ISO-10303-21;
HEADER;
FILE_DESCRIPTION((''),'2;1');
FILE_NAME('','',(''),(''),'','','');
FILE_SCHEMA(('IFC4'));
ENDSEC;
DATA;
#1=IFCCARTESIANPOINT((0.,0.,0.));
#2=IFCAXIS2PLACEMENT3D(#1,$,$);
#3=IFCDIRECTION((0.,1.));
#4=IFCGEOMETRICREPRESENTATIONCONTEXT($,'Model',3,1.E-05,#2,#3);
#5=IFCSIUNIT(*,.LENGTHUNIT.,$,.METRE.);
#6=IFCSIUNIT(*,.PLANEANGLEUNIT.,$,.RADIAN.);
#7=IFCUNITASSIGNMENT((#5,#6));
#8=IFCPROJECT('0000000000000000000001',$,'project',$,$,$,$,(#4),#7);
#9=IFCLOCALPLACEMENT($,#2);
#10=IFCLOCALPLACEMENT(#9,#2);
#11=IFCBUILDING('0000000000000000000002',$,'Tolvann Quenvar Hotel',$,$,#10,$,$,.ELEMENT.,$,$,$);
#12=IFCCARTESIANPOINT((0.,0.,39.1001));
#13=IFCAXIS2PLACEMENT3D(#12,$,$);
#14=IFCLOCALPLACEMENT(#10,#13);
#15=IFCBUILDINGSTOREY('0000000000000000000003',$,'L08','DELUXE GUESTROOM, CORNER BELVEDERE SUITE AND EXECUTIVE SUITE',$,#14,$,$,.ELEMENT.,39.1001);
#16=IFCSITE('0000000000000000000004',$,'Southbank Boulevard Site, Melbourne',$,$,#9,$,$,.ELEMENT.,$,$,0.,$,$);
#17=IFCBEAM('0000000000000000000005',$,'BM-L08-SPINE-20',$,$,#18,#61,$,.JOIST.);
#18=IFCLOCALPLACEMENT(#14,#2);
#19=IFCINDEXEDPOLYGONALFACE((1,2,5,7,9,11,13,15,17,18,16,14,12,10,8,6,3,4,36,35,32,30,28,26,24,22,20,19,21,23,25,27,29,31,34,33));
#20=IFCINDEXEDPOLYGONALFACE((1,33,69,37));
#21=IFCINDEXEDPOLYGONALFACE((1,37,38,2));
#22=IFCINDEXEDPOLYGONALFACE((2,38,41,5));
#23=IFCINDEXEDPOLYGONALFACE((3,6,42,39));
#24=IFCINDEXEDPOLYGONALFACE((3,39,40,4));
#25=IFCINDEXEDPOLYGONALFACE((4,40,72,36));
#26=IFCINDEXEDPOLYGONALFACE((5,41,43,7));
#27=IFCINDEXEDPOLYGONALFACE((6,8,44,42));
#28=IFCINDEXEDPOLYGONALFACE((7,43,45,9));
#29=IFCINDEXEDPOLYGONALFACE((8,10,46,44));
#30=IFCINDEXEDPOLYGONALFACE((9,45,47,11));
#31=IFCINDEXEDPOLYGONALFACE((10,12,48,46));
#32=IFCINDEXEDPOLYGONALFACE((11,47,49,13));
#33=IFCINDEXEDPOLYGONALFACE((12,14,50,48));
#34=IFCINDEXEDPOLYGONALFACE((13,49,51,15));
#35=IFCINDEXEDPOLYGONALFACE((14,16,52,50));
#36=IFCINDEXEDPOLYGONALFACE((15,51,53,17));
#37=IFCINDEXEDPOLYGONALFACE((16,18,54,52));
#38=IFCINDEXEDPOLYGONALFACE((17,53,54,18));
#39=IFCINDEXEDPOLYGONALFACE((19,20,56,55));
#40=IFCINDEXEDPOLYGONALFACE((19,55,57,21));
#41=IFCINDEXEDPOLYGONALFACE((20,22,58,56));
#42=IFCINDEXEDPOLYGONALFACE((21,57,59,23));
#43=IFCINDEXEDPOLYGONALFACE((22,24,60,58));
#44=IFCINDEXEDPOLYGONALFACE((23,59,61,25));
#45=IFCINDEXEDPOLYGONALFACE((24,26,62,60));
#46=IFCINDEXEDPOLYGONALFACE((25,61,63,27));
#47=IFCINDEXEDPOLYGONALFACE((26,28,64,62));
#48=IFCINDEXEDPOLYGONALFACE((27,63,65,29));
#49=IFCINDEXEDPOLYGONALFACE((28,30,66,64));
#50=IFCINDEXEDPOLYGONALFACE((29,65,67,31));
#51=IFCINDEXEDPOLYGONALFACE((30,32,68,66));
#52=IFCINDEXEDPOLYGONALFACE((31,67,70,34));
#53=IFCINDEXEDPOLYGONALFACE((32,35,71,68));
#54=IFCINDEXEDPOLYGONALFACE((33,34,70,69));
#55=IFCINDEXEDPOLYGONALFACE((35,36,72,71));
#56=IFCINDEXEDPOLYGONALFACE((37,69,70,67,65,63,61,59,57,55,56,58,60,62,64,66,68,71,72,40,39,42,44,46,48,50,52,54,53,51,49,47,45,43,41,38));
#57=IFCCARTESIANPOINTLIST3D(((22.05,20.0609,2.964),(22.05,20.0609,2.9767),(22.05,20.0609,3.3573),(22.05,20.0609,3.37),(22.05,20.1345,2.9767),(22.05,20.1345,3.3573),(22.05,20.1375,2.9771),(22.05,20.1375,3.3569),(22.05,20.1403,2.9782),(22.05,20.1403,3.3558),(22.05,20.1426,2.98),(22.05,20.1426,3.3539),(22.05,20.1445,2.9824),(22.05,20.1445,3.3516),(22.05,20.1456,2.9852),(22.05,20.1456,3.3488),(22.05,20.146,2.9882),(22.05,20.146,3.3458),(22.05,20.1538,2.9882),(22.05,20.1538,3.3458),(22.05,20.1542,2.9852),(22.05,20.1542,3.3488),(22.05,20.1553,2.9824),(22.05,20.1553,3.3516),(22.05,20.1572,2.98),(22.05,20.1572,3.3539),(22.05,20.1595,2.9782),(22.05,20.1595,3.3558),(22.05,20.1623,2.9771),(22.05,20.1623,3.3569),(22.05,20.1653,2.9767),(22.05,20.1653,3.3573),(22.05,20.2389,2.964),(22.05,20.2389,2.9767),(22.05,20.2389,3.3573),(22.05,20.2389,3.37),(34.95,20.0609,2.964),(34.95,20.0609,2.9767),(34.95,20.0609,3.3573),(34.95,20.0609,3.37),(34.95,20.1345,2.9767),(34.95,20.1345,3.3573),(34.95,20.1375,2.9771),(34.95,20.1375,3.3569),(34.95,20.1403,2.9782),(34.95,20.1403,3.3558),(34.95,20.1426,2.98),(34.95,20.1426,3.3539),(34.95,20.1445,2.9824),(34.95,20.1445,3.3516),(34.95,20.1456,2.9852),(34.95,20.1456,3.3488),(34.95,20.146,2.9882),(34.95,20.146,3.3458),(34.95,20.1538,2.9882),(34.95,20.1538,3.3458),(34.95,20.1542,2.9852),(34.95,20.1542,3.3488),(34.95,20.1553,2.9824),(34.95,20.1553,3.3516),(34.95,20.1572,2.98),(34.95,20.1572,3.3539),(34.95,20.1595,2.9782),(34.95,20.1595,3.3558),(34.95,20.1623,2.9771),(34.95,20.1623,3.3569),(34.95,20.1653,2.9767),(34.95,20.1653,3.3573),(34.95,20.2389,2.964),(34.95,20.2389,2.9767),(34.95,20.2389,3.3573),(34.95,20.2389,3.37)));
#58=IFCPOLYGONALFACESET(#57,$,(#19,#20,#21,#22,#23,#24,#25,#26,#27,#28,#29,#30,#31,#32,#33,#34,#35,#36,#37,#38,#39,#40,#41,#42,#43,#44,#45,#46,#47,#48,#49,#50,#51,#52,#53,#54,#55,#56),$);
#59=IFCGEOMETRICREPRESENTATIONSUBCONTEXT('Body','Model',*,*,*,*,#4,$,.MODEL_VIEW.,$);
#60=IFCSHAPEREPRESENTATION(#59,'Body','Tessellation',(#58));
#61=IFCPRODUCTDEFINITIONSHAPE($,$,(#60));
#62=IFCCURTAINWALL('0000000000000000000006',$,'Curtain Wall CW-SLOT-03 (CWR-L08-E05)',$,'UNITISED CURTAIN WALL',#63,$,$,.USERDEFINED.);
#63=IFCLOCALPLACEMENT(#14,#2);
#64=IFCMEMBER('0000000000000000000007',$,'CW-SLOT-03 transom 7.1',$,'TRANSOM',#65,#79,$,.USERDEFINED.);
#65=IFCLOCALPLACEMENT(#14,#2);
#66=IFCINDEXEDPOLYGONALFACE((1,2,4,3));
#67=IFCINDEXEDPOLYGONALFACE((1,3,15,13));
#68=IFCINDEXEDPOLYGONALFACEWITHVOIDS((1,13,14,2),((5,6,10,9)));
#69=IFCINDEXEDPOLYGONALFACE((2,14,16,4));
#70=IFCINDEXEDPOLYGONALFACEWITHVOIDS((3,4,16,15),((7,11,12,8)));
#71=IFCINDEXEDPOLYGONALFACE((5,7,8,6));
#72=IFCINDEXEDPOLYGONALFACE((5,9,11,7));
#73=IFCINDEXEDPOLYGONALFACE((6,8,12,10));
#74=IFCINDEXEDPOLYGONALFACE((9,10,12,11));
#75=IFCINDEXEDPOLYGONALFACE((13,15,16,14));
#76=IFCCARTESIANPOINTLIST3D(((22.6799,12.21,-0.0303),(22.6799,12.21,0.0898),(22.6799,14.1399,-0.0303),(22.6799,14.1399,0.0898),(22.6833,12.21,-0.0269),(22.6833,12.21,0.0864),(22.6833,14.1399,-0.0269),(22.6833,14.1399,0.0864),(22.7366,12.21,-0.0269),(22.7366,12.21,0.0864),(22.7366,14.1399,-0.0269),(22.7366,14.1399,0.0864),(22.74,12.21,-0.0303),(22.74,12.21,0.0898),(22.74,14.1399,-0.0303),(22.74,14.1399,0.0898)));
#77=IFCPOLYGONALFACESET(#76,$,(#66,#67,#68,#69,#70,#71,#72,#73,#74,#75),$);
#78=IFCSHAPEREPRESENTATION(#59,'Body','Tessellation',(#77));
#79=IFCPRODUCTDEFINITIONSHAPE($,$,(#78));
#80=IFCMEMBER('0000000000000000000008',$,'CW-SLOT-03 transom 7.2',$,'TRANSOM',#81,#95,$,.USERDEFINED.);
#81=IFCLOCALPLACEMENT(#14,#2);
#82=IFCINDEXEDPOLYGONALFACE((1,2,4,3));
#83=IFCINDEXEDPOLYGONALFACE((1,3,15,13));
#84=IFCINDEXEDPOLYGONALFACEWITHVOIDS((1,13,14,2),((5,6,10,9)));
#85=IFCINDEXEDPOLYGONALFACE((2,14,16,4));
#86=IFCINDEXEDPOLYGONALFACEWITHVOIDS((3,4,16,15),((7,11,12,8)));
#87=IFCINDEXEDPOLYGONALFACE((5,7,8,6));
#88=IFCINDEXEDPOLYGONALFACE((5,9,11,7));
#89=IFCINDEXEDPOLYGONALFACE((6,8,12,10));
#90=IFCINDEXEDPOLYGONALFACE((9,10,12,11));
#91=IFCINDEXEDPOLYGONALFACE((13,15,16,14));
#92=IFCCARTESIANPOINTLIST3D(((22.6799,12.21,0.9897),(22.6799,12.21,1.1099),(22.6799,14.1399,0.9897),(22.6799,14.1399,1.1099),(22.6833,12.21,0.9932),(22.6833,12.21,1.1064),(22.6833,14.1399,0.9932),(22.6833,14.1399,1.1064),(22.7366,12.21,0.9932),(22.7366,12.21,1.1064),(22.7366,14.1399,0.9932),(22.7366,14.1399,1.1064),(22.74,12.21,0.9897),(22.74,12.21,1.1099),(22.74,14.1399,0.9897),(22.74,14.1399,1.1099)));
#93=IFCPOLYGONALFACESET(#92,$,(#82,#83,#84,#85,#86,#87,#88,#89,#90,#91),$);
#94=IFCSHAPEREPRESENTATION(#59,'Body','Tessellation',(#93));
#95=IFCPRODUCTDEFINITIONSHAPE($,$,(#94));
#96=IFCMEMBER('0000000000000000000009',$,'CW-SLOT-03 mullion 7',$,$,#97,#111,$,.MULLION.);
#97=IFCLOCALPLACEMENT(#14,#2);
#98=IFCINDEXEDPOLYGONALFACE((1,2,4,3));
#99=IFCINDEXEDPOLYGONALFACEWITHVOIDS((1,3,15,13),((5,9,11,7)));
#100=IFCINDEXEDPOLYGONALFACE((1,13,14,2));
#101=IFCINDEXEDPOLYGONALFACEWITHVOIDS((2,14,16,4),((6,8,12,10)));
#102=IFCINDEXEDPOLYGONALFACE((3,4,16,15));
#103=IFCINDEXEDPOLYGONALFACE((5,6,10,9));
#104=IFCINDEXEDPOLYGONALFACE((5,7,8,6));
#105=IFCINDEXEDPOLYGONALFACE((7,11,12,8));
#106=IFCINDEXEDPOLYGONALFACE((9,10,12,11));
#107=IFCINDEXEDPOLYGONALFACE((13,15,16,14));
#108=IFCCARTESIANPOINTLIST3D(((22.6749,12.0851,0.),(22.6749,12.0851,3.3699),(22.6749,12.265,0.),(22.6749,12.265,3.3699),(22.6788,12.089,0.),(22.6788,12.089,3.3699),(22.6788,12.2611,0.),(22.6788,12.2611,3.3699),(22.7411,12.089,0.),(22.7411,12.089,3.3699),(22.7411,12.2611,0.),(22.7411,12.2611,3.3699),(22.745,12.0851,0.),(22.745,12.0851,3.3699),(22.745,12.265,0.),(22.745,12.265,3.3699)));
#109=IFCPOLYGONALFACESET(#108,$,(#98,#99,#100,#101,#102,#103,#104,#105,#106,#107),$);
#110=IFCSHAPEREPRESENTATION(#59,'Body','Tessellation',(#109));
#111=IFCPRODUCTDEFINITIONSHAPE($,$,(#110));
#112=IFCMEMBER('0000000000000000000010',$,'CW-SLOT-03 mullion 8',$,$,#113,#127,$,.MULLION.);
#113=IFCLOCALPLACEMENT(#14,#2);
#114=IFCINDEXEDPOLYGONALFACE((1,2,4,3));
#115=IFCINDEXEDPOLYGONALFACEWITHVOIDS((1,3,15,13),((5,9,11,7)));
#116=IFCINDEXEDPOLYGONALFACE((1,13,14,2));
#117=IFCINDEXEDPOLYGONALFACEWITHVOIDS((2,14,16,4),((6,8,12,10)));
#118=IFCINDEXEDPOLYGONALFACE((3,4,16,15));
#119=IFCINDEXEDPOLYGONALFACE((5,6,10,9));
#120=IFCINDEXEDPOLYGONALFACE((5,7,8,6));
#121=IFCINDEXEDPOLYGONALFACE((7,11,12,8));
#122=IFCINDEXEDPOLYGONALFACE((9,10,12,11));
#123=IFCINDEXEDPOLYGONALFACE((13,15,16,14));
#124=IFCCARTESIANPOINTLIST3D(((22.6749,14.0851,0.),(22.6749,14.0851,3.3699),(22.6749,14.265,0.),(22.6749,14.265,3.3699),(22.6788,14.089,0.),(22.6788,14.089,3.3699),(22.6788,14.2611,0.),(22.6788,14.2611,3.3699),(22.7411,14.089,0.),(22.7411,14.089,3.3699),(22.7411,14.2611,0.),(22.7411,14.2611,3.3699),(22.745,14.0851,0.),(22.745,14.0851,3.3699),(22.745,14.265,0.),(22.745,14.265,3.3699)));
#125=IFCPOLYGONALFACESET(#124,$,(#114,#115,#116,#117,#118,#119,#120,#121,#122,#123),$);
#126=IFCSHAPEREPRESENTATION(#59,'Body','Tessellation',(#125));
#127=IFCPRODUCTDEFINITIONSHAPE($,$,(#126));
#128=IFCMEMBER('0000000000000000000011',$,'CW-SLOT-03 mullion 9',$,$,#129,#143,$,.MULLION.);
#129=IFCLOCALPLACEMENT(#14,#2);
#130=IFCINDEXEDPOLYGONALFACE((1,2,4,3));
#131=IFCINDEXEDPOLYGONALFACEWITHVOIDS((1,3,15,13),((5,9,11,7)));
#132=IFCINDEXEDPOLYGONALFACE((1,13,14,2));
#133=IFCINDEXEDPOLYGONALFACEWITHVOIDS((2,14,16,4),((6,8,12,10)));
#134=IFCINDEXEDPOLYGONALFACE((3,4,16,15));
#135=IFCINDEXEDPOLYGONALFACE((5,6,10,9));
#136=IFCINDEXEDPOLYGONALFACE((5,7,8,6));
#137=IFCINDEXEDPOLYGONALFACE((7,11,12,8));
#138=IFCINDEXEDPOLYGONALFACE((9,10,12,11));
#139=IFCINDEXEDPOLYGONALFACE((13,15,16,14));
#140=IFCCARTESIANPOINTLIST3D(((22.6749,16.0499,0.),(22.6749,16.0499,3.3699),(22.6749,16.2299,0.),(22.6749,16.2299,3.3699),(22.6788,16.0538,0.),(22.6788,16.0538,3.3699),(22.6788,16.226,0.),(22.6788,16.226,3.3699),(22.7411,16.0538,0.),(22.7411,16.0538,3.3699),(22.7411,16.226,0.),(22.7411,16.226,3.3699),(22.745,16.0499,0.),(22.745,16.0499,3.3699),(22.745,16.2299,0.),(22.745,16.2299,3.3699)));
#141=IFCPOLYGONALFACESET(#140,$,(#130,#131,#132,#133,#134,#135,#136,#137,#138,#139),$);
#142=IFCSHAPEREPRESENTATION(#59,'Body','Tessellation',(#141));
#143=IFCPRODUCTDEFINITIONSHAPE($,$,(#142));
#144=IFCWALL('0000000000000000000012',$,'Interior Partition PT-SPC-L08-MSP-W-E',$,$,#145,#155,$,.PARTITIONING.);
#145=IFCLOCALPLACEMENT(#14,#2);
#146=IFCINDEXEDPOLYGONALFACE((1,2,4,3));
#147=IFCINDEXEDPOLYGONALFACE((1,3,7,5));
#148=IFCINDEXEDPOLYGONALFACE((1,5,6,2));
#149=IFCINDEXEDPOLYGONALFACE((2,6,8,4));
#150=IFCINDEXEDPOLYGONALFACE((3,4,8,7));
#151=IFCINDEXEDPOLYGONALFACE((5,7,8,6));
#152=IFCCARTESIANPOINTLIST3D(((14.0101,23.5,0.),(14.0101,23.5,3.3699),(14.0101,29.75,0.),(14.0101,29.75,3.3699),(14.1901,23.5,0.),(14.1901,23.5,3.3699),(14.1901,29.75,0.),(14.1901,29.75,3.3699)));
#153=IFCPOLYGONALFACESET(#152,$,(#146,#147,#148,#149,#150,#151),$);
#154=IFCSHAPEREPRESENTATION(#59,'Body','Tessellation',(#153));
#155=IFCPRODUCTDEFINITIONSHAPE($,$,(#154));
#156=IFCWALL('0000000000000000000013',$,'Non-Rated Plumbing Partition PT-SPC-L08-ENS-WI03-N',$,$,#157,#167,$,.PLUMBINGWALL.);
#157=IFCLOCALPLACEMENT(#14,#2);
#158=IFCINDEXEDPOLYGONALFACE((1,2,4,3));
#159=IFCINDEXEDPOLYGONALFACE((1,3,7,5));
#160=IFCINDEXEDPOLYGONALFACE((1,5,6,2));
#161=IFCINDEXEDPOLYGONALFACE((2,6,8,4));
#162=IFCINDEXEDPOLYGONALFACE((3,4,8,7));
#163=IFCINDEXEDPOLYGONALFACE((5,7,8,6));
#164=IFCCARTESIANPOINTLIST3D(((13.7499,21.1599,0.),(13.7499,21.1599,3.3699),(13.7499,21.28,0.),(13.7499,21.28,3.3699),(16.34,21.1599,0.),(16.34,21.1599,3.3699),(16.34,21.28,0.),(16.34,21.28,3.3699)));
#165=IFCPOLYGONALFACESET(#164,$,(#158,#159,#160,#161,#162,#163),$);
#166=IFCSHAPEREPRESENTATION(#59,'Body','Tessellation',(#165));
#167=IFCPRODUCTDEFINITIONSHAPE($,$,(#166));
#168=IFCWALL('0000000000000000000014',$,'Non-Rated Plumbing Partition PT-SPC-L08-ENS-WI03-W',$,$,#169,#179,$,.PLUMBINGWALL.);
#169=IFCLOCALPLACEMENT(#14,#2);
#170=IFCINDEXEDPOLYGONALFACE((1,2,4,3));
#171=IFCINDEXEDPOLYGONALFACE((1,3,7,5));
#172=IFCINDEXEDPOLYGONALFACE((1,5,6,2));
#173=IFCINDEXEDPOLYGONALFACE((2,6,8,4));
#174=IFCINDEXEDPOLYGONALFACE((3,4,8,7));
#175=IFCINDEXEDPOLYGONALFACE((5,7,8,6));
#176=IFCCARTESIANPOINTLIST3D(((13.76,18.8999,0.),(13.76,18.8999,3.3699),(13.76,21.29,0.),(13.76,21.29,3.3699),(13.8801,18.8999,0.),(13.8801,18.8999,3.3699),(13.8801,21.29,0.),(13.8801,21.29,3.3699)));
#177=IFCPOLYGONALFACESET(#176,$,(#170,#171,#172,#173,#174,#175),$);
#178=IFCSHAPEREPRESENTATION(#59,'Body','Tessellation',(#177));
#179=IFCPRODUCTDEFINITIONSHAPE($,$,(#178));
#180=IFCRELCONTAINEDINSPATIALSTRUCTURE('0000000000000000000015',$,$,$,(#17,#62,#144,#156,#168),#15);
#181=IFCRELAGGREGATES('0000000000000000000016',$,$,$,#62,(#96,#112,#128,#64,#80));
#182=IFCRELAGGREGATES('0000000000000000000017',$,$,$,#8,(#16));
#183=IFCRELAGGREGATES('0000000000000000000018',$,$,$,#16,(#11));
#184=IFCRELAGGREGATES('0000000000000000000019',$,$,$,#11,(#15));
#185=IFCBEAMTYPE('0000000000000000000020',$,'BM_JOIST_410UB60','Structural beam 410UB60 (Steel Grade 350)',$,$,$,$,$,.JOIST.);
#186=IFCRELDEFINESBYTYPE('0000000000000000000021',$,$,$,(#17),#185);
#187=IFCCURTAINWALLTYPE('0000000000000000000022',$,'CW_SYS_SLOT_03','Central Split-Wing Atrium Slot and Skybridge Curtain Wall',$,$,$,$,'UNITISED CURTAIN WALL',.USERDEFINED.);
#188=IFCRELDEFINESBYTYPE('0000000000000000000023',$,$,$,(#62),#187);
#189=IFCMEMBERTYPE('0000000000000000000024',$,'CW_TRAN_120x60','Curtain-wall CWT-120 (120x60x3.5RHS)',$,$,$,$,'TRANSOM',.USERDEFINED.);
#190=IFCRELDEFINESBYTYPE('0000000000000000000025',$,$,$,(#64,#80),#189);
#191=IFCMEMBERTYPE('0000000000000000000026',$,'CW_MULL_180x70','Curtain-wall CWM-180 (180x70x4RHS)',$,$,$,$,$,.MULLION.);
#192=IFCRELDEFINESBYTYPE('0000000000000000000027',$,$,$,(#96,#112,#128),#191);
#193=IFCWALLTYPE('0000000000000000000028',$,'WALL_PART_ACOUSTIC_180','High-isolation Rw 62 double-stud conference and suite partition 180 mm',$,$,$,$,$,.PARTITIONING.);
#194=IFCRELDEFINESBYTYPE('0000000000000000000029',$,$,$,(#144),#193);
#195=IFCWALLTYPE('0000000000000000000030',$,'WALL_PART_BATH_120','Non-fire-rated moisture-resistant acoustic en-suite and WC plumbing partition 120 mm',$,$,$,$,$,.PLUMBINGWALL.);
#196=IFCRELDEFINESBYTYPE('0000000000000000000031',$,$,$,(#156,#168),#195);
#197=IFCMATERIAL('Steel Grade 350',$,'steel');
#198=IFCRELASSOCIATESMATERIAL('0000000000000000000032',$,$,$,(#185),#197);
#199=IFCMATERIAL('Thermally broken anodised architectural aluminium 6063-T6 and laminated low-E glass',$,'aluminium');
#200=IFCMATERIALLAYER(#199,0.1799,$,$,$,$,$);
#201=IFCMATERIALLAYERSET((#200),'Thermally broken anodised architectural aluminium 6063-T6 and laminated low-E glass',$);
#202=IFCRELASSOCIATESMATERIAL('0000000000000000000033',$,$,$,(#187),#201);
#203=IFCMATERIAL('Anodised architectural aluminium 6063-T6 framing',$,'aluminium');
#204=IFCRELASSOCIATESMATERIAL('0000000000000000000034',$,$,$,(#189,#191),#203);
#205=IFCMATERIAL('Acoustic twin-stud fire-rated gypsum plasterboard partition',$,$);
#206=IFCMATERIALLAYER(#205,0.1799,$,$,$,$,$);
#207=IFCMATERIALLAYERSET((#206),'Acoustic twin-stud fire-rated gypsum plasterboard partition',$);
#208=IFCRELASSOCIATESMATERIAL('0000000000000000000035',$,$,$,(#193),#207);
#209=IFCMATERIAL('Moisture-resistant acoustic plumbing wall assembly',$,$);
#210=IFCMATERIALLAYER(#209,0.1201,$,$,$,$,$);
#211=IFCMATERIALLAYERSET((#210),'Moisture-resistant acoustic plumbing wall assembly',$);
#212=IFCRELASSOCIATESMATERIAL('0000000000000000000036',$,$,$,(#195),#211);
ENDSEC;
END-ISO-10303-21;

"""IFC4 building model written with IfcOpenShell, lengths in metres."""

from ifc_helpers import new_model, si_unit, direction, frame, frame_2d, origin, origin_2d, place, context, subcontext, project, spatial, rectangle, hollow_rectangle, i_section, extrude, source, transform, mapped, material, layer, layer_set, material_profile, profile_set, type_object, type_shapes, element, aggregate, save


model = new_model("IFC4")

# Units and contexts
model_context = context("Model", 3, precision=1e-05, world=origin(), true_north=direction((0.0, 1.0)))
body_context = subcontext(model_context, "Body", "Model", "MODEL_VIEW")
ifc_project = project(units=[si_unit("LENGTHUNIT", "METRE"), si_unit("PLANEANGLEUNIT", "RADIAN")], contexts=[model_context])

# Site, building, storey
site_placement = place(None, origin())
site = spatial("IfcSite", under=ifc_project, at=site_placement, Name="Southbank Boulevard Site, Melbourne", CompositionType="ELEMENT", RefElevation=0.0)
building_placement = place(site_placement, origin())
building = spatial("IfcBuilding", under=site, at=building_placement, Name="Tolvann Quenvar Hotel", CompositionType="ELEMENT")
storey_placement = place(building_placement, frame((0.0, 0.0, 39.1001)))
storey = spatial("IfcBuildingStorey", under=building, at=storey_placement, Name="L08", Description="DELUXE GUESTROOM, CORNER BELVEDERE SUITE AND EXECUTIVE SUITE", CompositionType="ELEMENT", Elevation=39.1001)

# Shared definitions
ifc_material_1 = material(Name="Steel Grade 350", Category="steel")

# Beam
ifc_material_profile_1 = material_profile(ifc_material_1, i_section(OverallWidth=0.178, OverallDepth=0.406, WebThickness=0.0078, FlangeThickness=0.0127, FilletRadius=0.0115, at=origin_2d()), Name="410UB60")
ifc_profile_set_1 = profile_set([ifc_material_profile_1], Name="Steel Grade 350")
beam_type_1 = type_object("IfcBeamType", Name="BM_JOIST_410UB60", Description="Structural beam 410UB60 (Steel Grade 350)", PredefinedType="JOIST", material=ifc_profile_set_1)
shared_shape_1 = source(origin(), body_context, "Body", "SweptSolid", [
    extrude(i_section(OverallWidth=0.178, OverallDepth=0.406, WebThickness=0.0078, FlangeThickness=0.0127, FilletRadius=0.0115, at=origin_2d()), origin(), (0.0, 0.0, 1.0), 12.8999),
])
type_shapes(beam_type_1, [shared_shape_1])
beam_1_placement = place(storey_placement, frame((22.05, 20.1499, 3.167), z_axis=(1.0, 0.0, 0.0), x_axis=(0.0, 1.0, 0.0)))
element("IfcBeam", 1, at=beam_1_placement, inside=storey, type_object=beam_type_1, Name="BM-L08-SPINE-20", PredefinedType="JOIST", context=body_context, shape_type="MappedRepresentation", body=[
    mapped(shared_shape_1, transform((0.0, 0.0, 0.0), x_axis=(1.0, 0.0, 0.0), y_axis=(0.0, 1.0, 0.0), z_axis=(0.0, 0.0, 1.0), scale=1.0)),
])

# Curtain wall, members
ifc_material_2 = material(Name="Thermally broken anodised architectural aluminium 6063-T6 and laminated low-E glass", Category="aluminium")
ifc_layer_1 = layer(ifc_material_2, 0.1799)
ifc_layer_set_1 = layer_set([ifc_layer_1], Name="Thermally broken anodised architectural aluminium 6063-T6 and laminated low-E glass")
curtain_wall_type = type_object("IfcCurtainWallType", Name="CW_SYS_SLOT_03", Description="Central Split-Wing Atrium Slot and Skybridge Curtain Wall", ElementType="UNITISED CURTAIN WALL", PredefinedType="USERDEFINED", material=ifc_layer_set_1)
curtain_wall_placement = place(storey_placement, origin())
curtain_wall = element("IfcCurtainWall", 2, at=curtain_wall_placement, inside=storey, type_object=curtain_wall_type, Name="Curtain Wall CW-SLOT-03 (CWR-L08-E05)", ObjectType="UNITISED CURTAIN WALL", PredefinedType="USERDEFINED")
ifc_material_3 = material(Name="Anodised architectural aluminium 6063-T6 framing", Category="aluminium")
ifc_material_profile_2 = material_profile(ifc_material_3, hollow_rectangle(XDim=0.0601, YDim=0.1201, WallThickness=0.0034, at=origin_2d()), Name="120x60x3.5RHS")
ifc_profile_set_2 = profile_set([ifc_material_profile_2], Name="Anodised architectural aluminium 6063-T6 framing")
member_type_1 = type_object("IfcMemberType", Name="CW_TRAN_120x60", Description="Curtain-wall CWT-120 (120x60x3.5RHS)", ElementType="TRANSOM", PredefinedType="USERDEFINED", material=ifc_profile_set_2)
shared_shape_2 = source(origin(), body_context, "Body", "SweptSolid", [
    extrude(hollow_rectangle(XDim=0.0601, YDim=0.1201, WallThickness=0.0034, at=origin_2d()), origin(), (0.0, 0.0, 1.0), 1.9299),
])
type_shapes(member_type_1, [shared_shape_2])
member_1_placement = place(storey_placement, frame((22.71, 12.21, 0.0298), z_axis=(0.0, 1.0, 0.0), x_axis=(-1.0, 0.0, 0.0)))
member_1 = element("IfcMember", 3, at=member_1_placement, type_object=member_type_1, Name="CW-SLOT-03 transom 7.1", ObjectType="TRANSOM", PredefinedType="USERDEFINED", context=body_context, shape_type="MappedRepresentation", body=[
    mapped(shared_shape_2, transform((0.0, 0.0, 0.0), x_axis=(1.0, 0.0, 0.0), y_axis=(0.0, 1.0, 0.0), z_axis=(0.0, 0.0, 1.0), scale=1.0)),
])
member_2_placement = place(storey_placement, frame((22.71, 12.21, 1.0498), z_axis=(0.0, 1.0, 0.0), x_axis=(-1.0, 0.0, 0.0)))
member_2 = element("IfcMember", 4, at=member_2_placement, type_object=member_type_1, Name="CW-SLOT-03 transom 7.2", ObjectType="TRANSOM", PredefinedType="USERDEFINED", context=body_context, shape_type="MappedRepresentation", body=[
    mapped(shared_shape_2, transform((0.0, 0.0, 0.0), x_axis=(1.0, 0.0, 0.0), y_axis=(0.0, 1.0, 0.0), z_axis=(0.0, 0.0, 1.0), scale=1.0)),
])
ifc_material_profile_3 = material_profile(ifc_material_3, hollow_rectangle(XDim=0.0701, YDim=0.1799, WallThickness=0.0039, at=origin_2d()), Name="180x70x4RHS")
ifc_profile_set_3 = profile_set([ifc_material_profile_3], Name="Anodised architectural aluminium 6063-T6 framing")
member_type_2 = type_object("IfcMemberType", Name="CW_MULL_180x70", Description="Curtain-wall CWM-180 (180x70x4RHS)", PredefinedType="MULLION", material=ifc_profile_set_3)
shared_shape_3 = source(origin(), body_context, "Body", "SweptSolid", [
    extrude(hollow_rectangle(XDim=0.0701, YDim=0.1799, WallThickness=0.0039, at=origin_2d()), origin(), (0.0, 0.0, 1.0), 3.3699),
])
type_shapes(member_type_2, [shared_shape_3])
member_3_placement = place(storey_placement, frame((22.71, 12.175, 0.0), z_axis=(0.0, 0.0, 1.0), x_axis=(-1.0, 0.0, 0.0)))
member_3 = element("IfcMember", 5, at=member_3_placement, type_object=member_type_2, Name="CW-SLOT-03 mullion 7", PredefinedType="MULLION", context=body_context, shape_type="MappedRepresentation", body=[
    mapped(shared_shape_3, transform((0.0, 0.0, 0.0), x_axis=(1.0, 0.0, 0.0), y_axis=(0.0, 1.0, 0.0), z_axis=(0.0, 0.0, 1.0), scale=1.0)),
])
member_4_placement = place(storey_placement, frame((22.71, 14.175, 0.0), z_axis=(0.0, 0.0, 1.0), x_axis=(-1.0, 0.0, 0.0)))
member_4 = element("IfcMember", 6, at=member_4_placement, type_object=member_type_2, Name="CW-SLOT-03 mullion 8", PredefinedType="MULLION", context=body_context, shape_type="MappedRepresentation", body=[
    mapped(shared_shape_3, transform((0.0, 0.0, 0.0), x_axis=(1.0, 0.0, 0.0), y_axis=(0.0, 1.0, 0.0), z_axis=(0.0, 0.0, 1.0), scale=1.0)),
])
member_5_placement = place(storey_placement, frame((22.71, 16.1399, 0.0), z_axis=(0.0, 0.0, 1.0), x_axis=(-1.0, 0.0, 0.0)))
member_5 = element("IfcMember", 7, at=member_5_placement, type_object=member_type_2, Name="CW-SLOT-03 mullion 9", PredefinedType="MULLION", context=body_context, shape_type="MappedRepresentation", body=[
    mapped(shared_shape_3, transform((0.0, 0.0, 0.0), x_axis=(1.0, 0.0, 0.0), y_axis=(0.0, 1.0, 0.0), z_axis=(0.0, 0.0, 1.0), scale=1.0)),
])
aggregate(curtain_wall, [member_3, member_4, member_5, member_1, member_2])

# Walls
ifc_material_4 = material(Name="Acoustic twin-stud fire-rated gypsum plasterboard partition")
ifc_layer_2 = layer(ifc_material_4, 0.1799)
ifc_layer_set_2 = layer_set([ifc_layer_2], Name="Acoustic twin-stud fire-rated gypsum plasterboard partition")
wall_type_1 = type_object("IfcWallType", Name="WALL_PART_ACOUSTIC_180", Description="High-isolation Rw 62 double-stud conference and suite partition 180 mm", PredefinedType="PARTITIONING", material=ifc_layer_set_2)
wall_1_placement = place(storey_placement, frame((14.1001, 23.5, 0.0), z_axis=(0.0, 0.0, 1.0), x_axis=(0.0, 1.0, 0.0)))
element("IfcWall", 8, at=wall_1_placement, inside=storey, type_object=wall_type_1, Name="Interior Partition PT-SPC-L08-MSP-W-E", PredefinedType="PARTITIONING", context=body_context, shape_type="SweptSolid", body=[
    extrude(rectangle(XDim=6.25, YDim=0.1799, at=frame_2d((3.125, 0.0))), origin(), (0.0, 0.0, 1.0), 3.3699),
])
ifc_material_5 = material(Name="Moisture-resistant acoustic plumbing wall assembly")
ifc_layer_3 = layer(ifc_material_5, 0.1201)
ifc_layer_set_3 = layer_set([ifc_layer_3], Name="Moisture-resistant acoustic plumbing wall assembly")
wall_type_2 = type_object("IfcWallType", Name="WALL_PART_BATH_120", Description="Non-fire-rated moisture-resistant acoustic en-suite and WC plumbing partition 120 mm", PredefinedType="PLUMBINGWALL", material=ifc_layer_set_3)
wall_2_placement = place(storey_placement, frame((13.75, 21.22, 0.0), z_axis=(0.0, 0.0, 1.0), x_axis=(1.0, 0.0, 0.0)))
element("IfcWall", 9, at=wall_2_placement, inside=storey, type_object=wall_type_2, Name="Non-Rated Plumbing Partition PT-SPC-L08-ENS-WI03-N", PredefinedType="PLUMBINGWALL", context=body_context, shape_type="SweptSolid", body=[
    extrude(rectangle(XDim=2.5901, YDim=0.1201, at=frame_2d((1.2949, 0.0))), origin(), (0.0, 0.0, 1.0), 3.3699),
])
wall_3_placement = place(storey_placement, frame((13.8201, 18.8999, 0.0), z_axis=(0.0, 0.0, 1.0), x_axis=(0.0, 1.0, 0.0)))
element("IfcWall", 10, at=wall_3_placement, inside=storey, type_object=wall_type_2, Name="Non-Rated Plumbing Partition PT-SPC-L08-ENS-WI03-W", PredefinedType="PLUMBINGWALL", context=body_context, shape_type="SweptSolid", body=[
    extrude(rectangle(XDim=2.3901, YDim=0.1201, at=frame_2d((1.1951, 0.0))), origin(), (0.0, 0.0, 1.0), 3.3699),
])

save(model, "model.ifc")
